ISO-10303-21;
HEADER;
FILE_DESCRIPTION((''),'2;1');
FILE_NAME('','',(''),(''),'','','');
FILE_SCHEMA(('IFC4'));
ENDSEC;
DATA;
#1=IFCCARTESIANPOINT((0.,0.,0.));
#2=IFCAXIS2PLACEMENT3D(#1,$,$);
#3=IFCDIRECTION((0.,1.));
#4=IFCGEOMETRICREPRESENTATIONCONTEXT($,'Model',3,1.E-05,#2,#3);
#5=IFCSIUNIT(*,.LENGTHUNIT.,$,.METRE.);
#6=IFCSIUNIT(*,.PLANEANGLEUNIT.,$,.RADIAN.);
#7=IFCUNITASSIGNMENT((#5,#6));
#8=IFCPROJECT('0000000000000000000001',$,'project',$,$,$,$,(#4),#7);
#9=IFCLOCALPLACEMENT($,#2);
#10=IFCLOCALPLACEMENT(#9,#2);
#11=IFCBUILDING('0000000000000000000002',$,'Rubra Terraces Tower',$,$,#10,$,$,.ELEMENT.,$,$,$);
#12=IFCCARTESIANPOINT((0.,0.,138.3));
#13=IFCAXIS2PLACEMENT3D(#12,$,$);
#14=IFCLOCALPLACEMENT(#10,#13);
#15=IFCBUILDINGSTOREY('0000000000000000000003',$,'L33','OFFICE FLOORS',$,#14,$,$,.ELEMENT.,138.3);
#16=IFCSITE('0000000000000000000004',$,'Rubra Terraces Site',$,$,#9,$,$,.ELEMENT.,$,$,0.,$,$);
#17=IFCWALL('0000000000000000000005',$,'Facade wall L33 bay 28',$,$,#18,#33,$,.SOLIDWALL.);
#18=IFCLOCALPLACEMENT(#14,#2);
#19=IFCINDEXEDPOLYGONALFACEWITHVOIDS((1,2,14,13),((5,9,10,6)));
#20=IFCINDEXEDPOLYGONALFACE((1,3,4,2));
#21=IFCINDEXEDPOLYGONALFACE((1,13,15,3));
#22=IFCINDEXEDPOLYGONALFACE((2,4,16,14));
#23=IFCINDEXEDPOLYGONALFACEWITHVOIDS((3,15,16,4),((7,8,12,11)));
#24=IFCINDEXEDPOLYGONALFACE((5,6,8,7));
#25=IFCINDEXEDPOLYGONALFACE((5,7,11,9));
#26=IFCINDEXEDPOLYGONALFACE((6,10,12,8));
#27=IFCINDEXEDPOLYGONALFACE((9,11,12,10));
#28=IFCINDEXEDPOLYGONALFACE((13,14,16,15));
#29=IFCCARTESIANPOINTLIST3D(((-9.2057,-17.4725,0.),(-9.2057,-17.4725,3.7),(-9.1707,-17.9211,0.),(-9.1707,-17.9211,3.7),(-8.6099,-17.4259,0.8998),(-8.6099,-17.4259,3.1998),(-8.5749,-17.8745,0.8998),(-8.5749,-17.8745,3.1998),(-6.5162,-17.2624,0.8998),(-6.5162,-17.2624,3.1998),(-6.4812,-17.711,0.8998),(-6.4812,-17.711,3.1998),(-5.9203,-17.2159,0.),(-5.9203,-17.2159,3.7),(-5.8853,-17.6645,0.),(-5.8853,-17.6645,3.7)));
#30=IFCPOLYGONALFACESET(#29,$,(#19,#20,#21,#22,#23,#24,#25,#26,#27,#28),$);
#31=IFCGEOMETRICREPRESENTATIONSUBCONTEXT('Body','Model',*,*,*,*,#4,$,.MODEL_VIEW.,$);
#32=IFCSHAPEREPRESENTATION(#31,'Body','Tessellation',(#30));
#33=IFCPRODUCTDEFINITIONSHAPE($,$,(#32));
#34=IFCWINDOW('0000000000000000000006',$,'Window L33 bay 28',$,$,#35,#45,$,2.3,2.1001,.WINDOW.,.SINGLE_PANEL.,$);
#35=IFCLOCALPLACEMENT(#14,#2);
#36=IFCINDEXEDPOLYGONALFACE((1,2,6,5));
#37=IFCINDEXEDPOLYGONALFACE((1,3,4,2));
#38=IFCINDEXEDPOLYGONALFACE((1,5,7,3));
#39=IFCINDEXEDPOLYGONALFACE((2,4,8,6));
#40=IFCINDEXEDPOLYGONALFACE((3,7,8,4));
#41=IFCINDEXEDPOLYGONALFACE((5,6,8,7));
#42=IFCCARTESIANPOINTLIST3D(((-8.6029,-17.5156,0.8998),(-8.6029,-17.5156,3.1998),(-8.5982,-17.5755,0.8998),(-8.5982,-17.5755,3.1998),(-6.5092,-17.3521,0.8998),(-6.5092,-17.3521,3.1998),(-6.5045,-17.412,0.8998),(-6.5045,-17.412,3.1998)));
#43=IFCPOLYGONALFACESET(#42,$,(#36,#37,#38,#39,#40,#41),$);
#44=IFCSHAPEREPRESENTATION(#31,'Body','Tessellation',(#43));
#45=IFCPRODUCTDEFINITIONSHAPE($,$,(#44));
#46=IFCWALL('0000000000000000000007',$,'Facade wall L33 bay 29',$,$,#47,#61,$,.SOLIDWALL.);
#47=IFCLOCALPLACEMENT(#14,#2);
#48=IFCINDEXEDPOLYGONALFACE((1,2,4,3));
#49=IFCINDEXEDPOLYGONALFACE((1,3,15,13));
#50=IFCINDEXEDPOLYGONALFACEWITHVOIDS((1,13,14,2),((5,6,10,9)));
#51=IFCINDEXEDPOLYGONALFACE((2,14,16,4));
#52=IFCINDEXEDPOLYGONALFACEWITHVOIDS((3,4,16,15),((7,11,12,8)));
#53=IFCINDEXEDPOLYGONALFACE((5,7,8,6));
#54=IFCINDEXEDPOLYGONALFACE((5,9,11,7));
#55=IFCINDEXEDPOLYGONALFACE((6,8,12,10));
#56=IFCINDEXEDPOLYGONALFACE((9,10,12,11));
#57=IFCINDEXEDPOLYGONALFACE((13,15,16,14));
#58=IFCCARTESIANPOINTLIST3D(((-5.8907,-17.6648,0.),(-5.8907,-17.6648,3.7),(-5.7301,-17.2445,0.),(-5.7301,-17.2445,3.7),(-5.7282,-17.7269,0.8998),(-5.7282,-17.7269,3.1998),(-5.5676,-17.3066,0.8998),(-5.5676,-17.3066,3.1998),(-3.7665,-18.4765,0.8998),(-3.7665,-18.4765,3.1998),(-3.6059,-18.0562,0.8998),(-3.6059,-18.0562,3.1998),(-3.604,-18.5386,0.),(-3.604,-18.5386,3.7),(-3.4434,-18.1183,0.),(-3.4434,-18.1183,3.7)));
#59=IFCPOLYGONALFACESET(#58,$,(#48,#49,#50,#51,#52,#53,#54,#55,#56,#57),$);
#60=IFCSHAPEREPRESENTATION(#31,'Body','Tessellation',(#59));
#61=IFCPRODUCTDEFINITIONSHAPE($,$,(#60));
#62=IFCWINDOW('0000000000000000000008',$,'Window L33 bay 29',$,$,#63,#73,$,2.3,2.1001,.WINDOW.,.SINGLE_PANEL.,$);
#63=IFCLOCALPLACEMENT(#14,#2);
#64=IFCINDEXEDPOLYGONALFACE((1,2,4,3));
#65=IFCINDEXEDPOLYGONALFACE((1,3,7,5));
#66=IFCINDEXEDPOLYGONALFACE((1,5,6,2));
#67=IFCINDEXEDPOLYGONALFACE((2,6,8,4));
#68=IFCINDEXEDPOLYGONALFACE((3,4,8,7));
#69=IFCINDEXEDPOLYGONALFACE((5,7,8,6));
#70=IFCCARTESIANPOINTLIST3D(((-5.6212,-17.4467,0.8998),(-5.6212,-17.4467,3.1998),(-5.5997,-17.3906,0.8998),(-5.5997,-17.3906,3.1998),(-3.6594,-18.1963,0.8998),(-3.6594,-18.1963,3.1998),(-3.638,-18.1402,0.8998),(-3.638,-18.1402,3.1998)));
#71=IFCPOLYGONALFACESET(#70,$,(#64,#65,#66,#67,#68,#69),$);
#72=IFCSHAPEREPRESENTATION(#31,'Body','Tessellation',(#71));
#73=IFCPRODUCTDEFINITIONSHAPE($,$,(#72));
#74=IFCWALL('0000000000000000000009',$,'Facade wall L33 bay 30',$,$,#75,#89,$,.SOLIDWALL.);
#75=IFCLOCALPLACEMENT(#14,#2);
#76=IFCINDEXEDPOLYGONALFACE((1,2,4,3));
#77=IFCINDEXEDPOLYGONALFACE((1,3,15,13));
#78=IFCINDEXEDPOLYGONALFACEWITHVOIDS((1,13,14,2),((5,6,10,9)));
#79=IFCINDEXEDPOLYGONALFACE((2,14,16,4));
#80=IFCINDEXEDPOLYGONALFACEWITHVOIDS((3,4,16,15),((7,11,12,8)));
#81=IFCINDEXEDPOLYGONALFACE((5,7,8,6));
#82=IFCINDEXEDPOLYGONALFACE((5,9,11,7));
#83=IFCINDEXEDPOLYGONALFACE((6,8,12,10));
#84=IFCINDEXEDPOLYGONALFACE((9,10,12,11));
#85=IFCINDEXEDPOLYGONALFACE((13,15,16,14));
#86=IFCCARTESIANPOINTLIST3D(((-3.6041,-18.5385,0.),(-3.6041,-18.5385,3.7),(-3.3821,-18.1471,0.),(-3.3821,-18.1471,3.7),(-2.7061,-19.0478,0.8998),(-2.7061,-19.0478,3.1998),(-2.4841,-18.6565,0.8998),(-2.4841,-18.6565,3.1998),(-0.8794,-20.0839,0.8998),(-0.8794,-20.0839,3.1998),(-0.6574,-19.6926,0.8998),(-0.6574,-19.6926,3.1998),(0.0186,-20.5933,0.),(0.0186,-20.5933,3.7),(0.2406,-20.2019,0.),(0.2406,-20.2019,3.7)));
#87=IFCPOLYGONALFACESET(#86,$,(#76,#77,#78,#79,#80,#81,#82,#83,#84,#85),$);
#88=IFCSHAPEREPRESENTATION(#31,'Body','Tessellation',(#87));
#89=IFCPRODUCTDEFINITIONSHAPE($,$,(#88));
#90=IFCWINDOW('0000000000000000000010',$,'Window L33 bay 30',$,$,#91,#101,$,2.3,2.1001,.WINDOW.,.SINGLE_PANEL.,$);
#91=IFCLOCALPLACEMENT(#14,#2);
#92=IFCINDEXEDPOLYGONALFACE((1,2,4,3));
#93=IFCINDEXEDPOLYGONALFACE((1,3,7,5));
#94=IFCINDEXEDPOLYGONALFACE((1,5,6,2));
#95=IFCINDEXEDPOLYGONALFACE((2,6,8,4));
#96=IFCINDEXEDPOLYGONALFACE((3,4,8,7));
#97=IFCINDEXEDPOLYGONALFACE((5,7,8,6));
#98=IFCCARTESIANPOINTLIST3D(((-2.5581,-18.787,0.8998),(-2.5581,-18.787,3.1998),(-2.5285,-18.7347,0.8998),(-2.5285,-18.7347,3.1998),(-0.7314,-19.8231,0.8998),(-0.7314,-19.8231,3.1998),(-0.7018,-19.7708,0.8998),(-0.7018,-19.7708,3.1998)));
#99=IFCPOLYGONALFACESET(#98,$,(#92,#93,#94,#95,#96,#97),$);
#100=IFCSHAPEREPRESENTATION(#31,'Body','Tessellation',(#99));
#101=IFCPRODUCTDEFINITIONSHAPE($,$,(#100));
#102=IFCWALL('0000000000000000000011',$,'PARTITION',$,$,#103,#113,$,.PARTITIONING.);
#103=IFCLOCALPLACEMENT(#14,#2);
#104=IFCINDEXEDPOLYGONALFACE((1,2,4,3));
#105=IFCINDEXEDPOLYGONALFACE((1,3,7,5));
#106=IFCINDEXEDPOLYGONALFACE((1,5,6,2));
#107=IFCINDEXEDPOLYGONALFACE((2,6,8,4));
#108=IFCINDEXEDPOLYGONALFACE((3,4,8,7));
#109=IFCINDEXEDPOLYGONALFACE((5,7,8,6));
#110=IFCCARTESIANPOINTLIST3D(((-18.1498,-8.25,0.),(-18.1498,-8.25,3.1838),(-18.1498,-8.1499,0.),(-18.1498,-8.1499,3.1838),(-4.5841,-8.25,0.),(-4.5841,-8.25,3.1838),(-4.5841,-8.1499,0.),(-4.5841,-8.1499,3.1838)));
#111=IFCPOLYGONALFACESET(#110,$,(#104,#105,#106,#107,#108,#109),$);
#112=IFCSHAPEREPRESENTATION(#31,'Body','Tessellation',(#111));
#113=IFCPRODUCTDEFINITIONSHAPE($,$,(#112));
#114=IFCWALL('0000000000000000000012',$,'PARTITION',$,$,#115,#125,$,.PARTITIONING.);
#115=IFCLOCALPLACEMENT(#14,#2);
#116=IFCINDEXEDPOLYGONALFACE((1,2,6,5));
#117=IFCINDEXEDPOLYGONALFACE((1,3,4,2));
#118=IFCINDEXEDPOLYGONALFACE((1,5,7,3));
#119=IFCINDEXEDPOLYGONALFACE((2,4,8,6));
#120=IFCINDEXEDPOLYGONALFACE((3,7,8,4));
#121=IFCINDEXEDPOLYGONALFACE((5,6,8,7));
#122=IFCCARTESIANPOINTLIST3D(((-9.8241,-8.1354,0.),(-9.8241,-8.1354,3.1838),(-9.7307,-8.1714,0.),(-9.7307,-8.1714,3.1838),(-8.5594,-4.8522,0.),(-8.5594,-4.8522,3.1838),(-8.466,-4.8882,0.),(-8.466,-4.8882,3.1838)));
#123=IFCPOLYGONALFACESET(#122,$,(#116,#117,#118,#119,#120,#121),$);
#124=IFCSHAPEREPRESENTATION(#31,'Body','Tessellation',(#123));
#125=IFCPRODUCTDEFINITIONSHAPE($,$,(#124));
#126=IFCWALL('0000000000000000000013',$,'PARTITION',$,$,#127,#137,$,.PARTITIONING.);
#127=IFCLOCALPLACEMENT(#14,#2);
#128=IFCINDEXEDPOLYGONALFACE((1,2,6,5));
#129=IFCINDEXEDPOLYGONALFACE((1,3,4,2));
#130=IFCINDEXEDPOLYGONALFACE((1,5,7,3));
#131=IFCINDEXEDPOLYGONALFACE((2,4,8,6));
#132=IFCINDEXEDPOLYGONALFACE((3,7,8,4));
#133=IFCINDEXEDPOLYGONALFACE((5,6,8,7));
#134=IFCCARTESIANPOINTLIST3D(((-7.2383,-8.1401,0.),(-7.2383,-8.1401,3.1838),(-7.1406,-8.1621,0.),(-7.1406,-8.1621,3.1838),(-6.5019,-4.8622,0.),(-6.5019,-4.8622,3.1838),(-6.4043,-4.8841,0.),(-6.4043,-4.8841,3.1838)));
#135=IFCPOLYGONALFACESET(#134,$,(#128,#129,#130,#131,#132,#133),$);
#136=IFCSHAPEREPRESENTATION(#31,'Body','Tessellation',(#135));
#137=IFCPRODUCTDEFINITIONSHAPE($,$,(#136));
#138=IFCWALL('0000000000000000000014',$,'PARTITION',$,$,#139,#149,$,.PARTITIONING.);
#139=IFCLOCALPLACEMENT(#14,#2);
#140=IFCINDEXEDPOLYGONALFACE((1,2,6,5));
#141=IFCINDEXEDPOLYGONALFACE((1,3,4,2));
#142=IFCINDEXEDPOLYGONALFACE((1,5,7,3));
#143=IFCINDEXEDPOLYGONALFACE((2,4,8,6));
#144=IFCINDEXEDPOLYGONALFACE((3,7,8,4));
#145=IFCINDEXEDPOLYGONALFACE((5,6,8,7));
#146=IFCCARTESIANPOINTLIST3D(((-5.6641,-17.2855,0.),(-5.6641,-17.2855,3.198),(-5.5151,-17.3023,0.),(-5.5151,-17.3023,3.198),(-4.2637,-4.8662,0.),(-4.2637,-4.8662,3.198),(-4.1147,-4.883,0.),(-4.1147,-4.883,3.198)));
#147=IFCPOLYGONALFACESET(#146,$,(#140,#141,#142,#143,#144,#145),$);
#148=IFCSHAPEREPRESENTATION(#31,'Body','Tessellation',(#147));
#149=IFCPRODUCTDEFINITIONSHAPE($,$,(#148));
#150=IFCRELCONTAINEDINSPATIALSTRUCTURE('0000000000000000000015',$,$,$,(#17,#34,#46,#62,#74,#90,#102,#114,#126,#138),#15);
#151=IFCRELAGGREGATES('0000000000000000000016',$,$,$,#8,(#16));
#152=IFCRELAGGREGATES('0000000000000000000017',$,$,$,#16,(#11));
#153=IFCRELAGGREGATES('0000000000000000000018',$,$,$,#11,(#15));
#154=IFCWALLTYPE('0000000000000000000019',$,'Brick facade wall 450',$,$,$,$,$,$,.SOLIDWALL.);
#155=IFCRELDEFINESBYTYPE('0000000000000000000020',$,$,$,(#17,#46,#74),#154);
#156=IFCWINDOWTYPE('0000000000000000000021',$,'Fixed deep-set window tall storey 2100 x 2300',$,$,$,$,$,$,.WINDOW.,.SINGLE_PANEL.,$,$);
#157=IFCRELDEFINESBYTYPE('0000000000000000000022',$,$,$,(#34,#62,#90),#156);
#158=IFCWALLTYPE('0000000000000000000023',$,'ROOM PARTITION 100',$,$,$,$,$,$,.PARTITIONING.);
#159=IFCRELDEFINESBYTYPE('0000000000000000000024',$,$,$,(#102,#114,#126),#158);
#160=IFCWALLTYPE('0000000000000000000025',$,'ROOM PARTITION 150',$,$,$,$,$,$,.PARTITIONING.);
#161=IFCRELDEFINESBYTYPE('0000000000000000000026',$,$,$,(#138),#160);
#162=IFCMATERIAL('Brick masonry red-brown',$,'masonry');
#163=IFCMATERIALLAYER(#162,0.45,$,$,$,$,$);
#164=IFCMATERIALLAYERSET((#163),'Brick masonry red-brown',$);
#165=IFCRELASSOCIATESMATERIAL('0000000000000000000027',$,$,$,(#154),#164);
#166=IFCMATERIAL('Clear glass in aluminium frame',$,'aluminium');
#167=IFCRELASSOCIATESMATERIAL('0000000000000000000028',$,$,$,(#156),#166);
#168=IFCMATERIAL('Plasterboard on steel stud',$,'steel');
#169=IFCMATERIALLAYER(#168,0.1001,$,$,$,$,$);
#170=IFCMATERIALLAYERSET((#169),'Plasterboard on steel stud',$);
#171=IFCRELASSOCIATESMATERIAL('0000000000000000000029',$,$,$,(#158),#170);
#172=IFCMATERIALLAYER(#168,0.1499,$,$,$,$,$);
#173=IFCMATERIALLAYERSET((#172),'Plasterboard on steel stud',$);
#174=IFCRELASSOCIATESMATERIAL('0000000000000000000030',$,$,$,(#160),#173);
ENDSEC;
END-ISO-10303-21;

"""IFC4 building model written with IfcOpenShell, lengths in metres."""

from ifc_helpers import new_model, si_unit, direction, frame, frame_2d, origin, place, context, subcontext, project, spatial, rectangle, extrude, material, layer, layer_set, type_object, element, fill, save


model = new_model("IFC4")

# Units and contexts
model_context = context("Model", 3, precision=1e-05, world=origin(), true_north=direction((0.0, 1.0)))
body_context = subcontext(model_context, "Body", "Model", "MODEL_VIEW")
ifc_project = project(units=[si_unit("LENGTHUNIT", "METRE"), si_unit("PLANEANGLEUNIT", "RADIAN")], contexts=[model_context])

# Site, building, storey
site_placement = place(None, origin())
site = spatial("IfcSite", under=ifc_project, at=site_placement, Name="Rubra Terraces Site", CompositionType="ELEMENT", RefElevation=0.0)
building_placement = place(site_placement, origin())
building = spatial("IfcBuilding", under=site, at=building_placement, Name="Rubra Terraces Tower", CompositionType="ELEMENT")
storey_placement = place(building_placement, frame((0.0, 0.0, 138.3)))
storey = spatial("IfcBuildingStorey", under=building, at=storey_placement, Name="L33", Description="OFFICE FLOORS", CompositionType="ELEMENT", Elevation=138.3)

# Walls, openings, windows
ifc_material_1 = material(Name="Brick masonry red-brown", Category="masonry")
ifc_layer_1 = layer(ifc_material_1, 0.45)
ifc_layer_set_1 = layer_set([ifc_layer_1], Name="Brick masonry red-brown")
wall_type_1 = type_object("IfcWallType", Name="Brick facade wall 450", PredefinedType="SOLIDWALL", material=ifc_layer_set_1)
wall_1_placement = place(storey_placement, frame((-9.1882, -17.6968, 0.0), z_axis=(0.0, 0.0, 1.0), x_axis=(0.996964, 0.077864, 0.0)))
wall_1 = element("IfcWall", 1, at=wall_1_placement, inside=storey, type_object=wall_type_1, Name="Facade wall L33 bay 28", PredefinedType="SOLIDWALL", context=body_context, shape_type="SweptSolid", body=[
    extrude(rectangle(XDim=3.2954, YDim=0.45, at=frame_2d((1.6477, 0.0))), origin(), (0.0, 0.0, 1.0), 3.7),
])
opening_1_placement = place(wall_1_placement, frame((0.5977, 0.0, 0.8999)))
opening_1 = element("IfcOpeningElement", 2, at=opening_1_placement, cuts=wall_1, PredefinedType="OPENING", context=body_context, shape_type="SweptSolid", body=[
    extrude(rectangle(XDim=2.1001, YDim=2.3, at=frame_2d((1.05, 1.1499))), frame((0.0, 0.2349, 0.0), z_axis=(0.0, -1.0, 0.0), x_axis=(1.0, 0.0, 0.0)), (0.0, 0.0, 1.0), 0.47),
])
ifc_material_2 = material(Name="Clear glass in aluminium frame", Category="aluminium")
window_type = type_object("IfcWindowType", Name="Fixed deep-set window tall storey 2100 x 2300", PartitioningType="SINGLE_PANEL", PredefinedType="WINDOW", material=ifc_material_2)
window_1_placement = place(opening_1_placement, origin())
window_1 = element("IfcWindow", 3, at=window_1_placement, inside=storey, type_object=window_type, Name="Window L33 bay 28", OverallHeight=2.3, OverallWidth=2.1001, PartitioningType="SINGLE_PANEL", PredefinedType="WINDOW", context=body_context, shape_type="SweptSolid", body=[
    extrude(rectangle(XDim=2.1001, YDim=2.3, at=frame_2d((1.05, 1.1499))), frame((0.0, 0.135, 0.0), z_axis=(0.0, -1.0, 0.0), x_axis=(1.0, 0.0, 0.0)), (0.0, 0.0, 1.0), 0.0601),
])
fill(opening_1, window_1)
wall_2_placement = place(storey_placement, frame((-5.8105, -17.4546, 0.0), z_axis=(0.0, 0.0, 1.0), x_axis=(0.934122, -0.356953, 0.0)))
wall_2 = element("IfcWall", 4, at=wall_2_placement, inside=storey, type_object=wall_type_1, Name="Facade wall L33 bay 29", PredefinedType="SOLIDWALL", context=body_context, shape_type="SweptSolid", body=[
    extrude(rectangle(XDim=2.448, YDim=0.45, at=frame_2d((1.2241, 0.0))), origin(), (0.0, 0.0, 1.0), 3.7),
])
opening_2_placement = place(wall_2_placement, frame((0.1741, 0.0, 0.8999)))
opening_2 = element("IfcOpeningElement", 5, at=opening_2_placement, cuts=wall_2, PredefinedType="OPENING", context=body_context, shape_type="SweptSolid", body=[
    extrude(rectangle(XDim=2.1001, YDim=2.3, at=frame_2d((1.05, 1.1499))), frame((0.0, 0.2349, 0.0), z_axis=(0.0, -1.0, 0.0), x_axis=(1.0, 0.0, 0.0)), (0.0, 0.0, 1.0), 0.47),
])
window_2_placement = place(opening_2_placement, origin())
window_2 = element("IfcWindow", 6, at=window_2_placement, inside=storey, type_object=window_type, Name="Window L33 bay 29", OverallHeight=2.3, OverallWidth=2.1001, PartitioningType="SINGLE_PANEL", PredefinedType="WINDOW", context=body_context, shape_type="SweptSolid", body=[
    extrude(rectangle(XDim=2.1001, YDim=2.3, at=frame_2d((1.05, 1.1499))), frame((0.0, 0.135, 0.0), z_axis=(0.0, -1.0, 0.0), x_axis=(1.0, 0.0, 0.0)), (0.0, 0.0, 1.0), 0.0601),
])
fill(opening_2, window_2)
wall_3_placement = place(storey_placement, frame((-3.4932, -18.3428, 0.0), z_axis=(0.0, 0.0, 1.0), x_axis=(0.869826, -0.493359, 0.0)))
wall_3 = element("IfcWall", 7, at=wall_3_placement, inside=storey, type_object=wall_type_1, Name="Facade wall L33 bay 30", PredefinedType="SOLIDWALL", context=body_context, shape_type="SweptSolid", body=[
    extrude(rectangle(XDim=4.1648, YDim=0.45, at=frame_2d((2.0825, 0.0))), origin(), (0.0, 0.0, 1.0), 3.7),
])
opening_3_placement = place(wall_3_placement, frame((1.0325, 0.0, 0.8999)))
opening_3 = element("IfcOpeningElement", 8, at=opening_3_placement, cuts=wall_3, PredefinedType="OPENING", context=body_context, shape_type="SweptSolid", body=[
    extrude(rectangle(XDim=2.1001, YDim=2.3, at=frame_2d((1.05, 1.1499))), frame((0.0, 0.2349, 0.0), z_axis=(0.0, -1.0, 0.0), x_axis=(1.0, 0.0, 0.0)), (0.0, 0.0, 1.0), 0.47),
])
window_3_placement = place(opening_3_placement, origin())
window_3 = element("IfcWindow", 9, at=window_3_placement, inside=storey, type_object=window_type, Name="Window L33 bay 30", OverallHeight=2.3, OverallWidth=2.1001, PartitioningType="SINGLE_PANEL", PredefinedType="WINDOW", context=body_context, shape_type="SweptSolid", body=[
    extrude(rectangle(XDim=2.1001, YDim=2.3, at=frame_2d((1.05, 1.1499))), frame((0.0, 0.135, 0.0), z_axis=(0.0, -1.0, 0.0), x_axis=(1.0, 0.0, 0.0)), (0.0, 0.0, 1.0), 0.0601),
])
fill(opening_3, window_3)

# Walls
ifc_material_3 = material(Name="Plasterboard on steel stud", Category="steel")
ifc_layer_2 = layer(ifc_material_3, 0.1001)
ifc_layer_set_2 = layer_set([ifc_layer_2], Name="Plasterboard on steel stud")
wall_type_2 = type_object("IfcWallType", Name="ROOM PARTITION 100", PredefinedType="PARTITIONING", material=ifc_layer_set_2)
wall_4_placement = place(storey_placement, frame((-4.5842, -8.2, 0.0), z_axis=(0.0, 0.0, 1.0), x_axis=(-1.0, 0.0, 0.0)))
element("IfcWall", 10, at=wall_4_placement, inside=storey, type_object=wall_type_2, Name="PARTITION", PredefinedType="PARTITIONING", context=body_context, shape_type="SweptSolid", body=[
    extrude(rectangle(XDim=13.5657, YDim=0.1001, at=frame_2d((6.7827, 0.0))), origin(), (0.0, 0.0, 1.0), 3.1838),
])
wall_5_placement = place(storey_placement, frame((-8.5127, -4.8701, 0.0), z_axis=(0.0, 0.0, 1.0), x_axis=(-0.359444, -0.933167, 0.0)))
element("IfcWall", 11, at=wall_5_placement, inside=storey, type_object=wall_type_2, Name="PARTITION", PredefinedType="PARTITIONING", context=body_context, shape_type="SweptSolid", body=[
    extrude(rectangle(XDim=3.5183, YDim=0.1001, at=frame_2d((1.7593, 0.0))), origin(), (0.0, 0.0, 1.0), 3.1838),
])
wall_6_placement = place(storey_placement, frame((-6.4531, -4.8733, 0.0), z_axis=(0.0, 0.0, 1.0), x_axis=(-0.219177, -0.975685, 0.0)))
element("IfcWall", 12, at=wall_6_placement, inside=storey, type_object=wall_type_2, Name="PARTITION", PredefinedType="PARTITIONING", context=body_context, shape_type="SweptSolid", body=[
    extrude(rectangle(XDim=3.3596, YDim=0.1001, at=frame_2d((1.6797, 0.0))), origin(), (0.0, 0.0, 1.0), 3.1838),
])
ifc_layer_3 = layer(ifc_material_3, 0.1499)
ifc_layer_set_3 = layer_set([ifc_layer_3], Name="Plasterboard on steel stud")
wall_type_3 = type_object("IfcWallType", Name="ROOM PARTITION 150", PredefinedType="PARTITIONING", material=ifc_layer_set_3)
wall_7_placement = place(storey_placement, frame((-5.5896, -17.2939, 0.0), z_axis=(0.0, 0.0, 1.0), x_axis=(0.112048, 0.993703, 0.0)))
element("IfcWall", 13, at=wall_7_placement, inside=storey, type_object=wall_type_3, Name="PARTITION", PredefinedType="PARTITIONING", context=body_context, shape_type="SweptSolid", body=[
    extrude(rectangle(XDim=12.498, YDim=0.1499, at=frame_2d((6.249, 0.0))), origin(), (0.0, 0.0, 1.0), 3.198),
])

save(model, "model.ifc")
